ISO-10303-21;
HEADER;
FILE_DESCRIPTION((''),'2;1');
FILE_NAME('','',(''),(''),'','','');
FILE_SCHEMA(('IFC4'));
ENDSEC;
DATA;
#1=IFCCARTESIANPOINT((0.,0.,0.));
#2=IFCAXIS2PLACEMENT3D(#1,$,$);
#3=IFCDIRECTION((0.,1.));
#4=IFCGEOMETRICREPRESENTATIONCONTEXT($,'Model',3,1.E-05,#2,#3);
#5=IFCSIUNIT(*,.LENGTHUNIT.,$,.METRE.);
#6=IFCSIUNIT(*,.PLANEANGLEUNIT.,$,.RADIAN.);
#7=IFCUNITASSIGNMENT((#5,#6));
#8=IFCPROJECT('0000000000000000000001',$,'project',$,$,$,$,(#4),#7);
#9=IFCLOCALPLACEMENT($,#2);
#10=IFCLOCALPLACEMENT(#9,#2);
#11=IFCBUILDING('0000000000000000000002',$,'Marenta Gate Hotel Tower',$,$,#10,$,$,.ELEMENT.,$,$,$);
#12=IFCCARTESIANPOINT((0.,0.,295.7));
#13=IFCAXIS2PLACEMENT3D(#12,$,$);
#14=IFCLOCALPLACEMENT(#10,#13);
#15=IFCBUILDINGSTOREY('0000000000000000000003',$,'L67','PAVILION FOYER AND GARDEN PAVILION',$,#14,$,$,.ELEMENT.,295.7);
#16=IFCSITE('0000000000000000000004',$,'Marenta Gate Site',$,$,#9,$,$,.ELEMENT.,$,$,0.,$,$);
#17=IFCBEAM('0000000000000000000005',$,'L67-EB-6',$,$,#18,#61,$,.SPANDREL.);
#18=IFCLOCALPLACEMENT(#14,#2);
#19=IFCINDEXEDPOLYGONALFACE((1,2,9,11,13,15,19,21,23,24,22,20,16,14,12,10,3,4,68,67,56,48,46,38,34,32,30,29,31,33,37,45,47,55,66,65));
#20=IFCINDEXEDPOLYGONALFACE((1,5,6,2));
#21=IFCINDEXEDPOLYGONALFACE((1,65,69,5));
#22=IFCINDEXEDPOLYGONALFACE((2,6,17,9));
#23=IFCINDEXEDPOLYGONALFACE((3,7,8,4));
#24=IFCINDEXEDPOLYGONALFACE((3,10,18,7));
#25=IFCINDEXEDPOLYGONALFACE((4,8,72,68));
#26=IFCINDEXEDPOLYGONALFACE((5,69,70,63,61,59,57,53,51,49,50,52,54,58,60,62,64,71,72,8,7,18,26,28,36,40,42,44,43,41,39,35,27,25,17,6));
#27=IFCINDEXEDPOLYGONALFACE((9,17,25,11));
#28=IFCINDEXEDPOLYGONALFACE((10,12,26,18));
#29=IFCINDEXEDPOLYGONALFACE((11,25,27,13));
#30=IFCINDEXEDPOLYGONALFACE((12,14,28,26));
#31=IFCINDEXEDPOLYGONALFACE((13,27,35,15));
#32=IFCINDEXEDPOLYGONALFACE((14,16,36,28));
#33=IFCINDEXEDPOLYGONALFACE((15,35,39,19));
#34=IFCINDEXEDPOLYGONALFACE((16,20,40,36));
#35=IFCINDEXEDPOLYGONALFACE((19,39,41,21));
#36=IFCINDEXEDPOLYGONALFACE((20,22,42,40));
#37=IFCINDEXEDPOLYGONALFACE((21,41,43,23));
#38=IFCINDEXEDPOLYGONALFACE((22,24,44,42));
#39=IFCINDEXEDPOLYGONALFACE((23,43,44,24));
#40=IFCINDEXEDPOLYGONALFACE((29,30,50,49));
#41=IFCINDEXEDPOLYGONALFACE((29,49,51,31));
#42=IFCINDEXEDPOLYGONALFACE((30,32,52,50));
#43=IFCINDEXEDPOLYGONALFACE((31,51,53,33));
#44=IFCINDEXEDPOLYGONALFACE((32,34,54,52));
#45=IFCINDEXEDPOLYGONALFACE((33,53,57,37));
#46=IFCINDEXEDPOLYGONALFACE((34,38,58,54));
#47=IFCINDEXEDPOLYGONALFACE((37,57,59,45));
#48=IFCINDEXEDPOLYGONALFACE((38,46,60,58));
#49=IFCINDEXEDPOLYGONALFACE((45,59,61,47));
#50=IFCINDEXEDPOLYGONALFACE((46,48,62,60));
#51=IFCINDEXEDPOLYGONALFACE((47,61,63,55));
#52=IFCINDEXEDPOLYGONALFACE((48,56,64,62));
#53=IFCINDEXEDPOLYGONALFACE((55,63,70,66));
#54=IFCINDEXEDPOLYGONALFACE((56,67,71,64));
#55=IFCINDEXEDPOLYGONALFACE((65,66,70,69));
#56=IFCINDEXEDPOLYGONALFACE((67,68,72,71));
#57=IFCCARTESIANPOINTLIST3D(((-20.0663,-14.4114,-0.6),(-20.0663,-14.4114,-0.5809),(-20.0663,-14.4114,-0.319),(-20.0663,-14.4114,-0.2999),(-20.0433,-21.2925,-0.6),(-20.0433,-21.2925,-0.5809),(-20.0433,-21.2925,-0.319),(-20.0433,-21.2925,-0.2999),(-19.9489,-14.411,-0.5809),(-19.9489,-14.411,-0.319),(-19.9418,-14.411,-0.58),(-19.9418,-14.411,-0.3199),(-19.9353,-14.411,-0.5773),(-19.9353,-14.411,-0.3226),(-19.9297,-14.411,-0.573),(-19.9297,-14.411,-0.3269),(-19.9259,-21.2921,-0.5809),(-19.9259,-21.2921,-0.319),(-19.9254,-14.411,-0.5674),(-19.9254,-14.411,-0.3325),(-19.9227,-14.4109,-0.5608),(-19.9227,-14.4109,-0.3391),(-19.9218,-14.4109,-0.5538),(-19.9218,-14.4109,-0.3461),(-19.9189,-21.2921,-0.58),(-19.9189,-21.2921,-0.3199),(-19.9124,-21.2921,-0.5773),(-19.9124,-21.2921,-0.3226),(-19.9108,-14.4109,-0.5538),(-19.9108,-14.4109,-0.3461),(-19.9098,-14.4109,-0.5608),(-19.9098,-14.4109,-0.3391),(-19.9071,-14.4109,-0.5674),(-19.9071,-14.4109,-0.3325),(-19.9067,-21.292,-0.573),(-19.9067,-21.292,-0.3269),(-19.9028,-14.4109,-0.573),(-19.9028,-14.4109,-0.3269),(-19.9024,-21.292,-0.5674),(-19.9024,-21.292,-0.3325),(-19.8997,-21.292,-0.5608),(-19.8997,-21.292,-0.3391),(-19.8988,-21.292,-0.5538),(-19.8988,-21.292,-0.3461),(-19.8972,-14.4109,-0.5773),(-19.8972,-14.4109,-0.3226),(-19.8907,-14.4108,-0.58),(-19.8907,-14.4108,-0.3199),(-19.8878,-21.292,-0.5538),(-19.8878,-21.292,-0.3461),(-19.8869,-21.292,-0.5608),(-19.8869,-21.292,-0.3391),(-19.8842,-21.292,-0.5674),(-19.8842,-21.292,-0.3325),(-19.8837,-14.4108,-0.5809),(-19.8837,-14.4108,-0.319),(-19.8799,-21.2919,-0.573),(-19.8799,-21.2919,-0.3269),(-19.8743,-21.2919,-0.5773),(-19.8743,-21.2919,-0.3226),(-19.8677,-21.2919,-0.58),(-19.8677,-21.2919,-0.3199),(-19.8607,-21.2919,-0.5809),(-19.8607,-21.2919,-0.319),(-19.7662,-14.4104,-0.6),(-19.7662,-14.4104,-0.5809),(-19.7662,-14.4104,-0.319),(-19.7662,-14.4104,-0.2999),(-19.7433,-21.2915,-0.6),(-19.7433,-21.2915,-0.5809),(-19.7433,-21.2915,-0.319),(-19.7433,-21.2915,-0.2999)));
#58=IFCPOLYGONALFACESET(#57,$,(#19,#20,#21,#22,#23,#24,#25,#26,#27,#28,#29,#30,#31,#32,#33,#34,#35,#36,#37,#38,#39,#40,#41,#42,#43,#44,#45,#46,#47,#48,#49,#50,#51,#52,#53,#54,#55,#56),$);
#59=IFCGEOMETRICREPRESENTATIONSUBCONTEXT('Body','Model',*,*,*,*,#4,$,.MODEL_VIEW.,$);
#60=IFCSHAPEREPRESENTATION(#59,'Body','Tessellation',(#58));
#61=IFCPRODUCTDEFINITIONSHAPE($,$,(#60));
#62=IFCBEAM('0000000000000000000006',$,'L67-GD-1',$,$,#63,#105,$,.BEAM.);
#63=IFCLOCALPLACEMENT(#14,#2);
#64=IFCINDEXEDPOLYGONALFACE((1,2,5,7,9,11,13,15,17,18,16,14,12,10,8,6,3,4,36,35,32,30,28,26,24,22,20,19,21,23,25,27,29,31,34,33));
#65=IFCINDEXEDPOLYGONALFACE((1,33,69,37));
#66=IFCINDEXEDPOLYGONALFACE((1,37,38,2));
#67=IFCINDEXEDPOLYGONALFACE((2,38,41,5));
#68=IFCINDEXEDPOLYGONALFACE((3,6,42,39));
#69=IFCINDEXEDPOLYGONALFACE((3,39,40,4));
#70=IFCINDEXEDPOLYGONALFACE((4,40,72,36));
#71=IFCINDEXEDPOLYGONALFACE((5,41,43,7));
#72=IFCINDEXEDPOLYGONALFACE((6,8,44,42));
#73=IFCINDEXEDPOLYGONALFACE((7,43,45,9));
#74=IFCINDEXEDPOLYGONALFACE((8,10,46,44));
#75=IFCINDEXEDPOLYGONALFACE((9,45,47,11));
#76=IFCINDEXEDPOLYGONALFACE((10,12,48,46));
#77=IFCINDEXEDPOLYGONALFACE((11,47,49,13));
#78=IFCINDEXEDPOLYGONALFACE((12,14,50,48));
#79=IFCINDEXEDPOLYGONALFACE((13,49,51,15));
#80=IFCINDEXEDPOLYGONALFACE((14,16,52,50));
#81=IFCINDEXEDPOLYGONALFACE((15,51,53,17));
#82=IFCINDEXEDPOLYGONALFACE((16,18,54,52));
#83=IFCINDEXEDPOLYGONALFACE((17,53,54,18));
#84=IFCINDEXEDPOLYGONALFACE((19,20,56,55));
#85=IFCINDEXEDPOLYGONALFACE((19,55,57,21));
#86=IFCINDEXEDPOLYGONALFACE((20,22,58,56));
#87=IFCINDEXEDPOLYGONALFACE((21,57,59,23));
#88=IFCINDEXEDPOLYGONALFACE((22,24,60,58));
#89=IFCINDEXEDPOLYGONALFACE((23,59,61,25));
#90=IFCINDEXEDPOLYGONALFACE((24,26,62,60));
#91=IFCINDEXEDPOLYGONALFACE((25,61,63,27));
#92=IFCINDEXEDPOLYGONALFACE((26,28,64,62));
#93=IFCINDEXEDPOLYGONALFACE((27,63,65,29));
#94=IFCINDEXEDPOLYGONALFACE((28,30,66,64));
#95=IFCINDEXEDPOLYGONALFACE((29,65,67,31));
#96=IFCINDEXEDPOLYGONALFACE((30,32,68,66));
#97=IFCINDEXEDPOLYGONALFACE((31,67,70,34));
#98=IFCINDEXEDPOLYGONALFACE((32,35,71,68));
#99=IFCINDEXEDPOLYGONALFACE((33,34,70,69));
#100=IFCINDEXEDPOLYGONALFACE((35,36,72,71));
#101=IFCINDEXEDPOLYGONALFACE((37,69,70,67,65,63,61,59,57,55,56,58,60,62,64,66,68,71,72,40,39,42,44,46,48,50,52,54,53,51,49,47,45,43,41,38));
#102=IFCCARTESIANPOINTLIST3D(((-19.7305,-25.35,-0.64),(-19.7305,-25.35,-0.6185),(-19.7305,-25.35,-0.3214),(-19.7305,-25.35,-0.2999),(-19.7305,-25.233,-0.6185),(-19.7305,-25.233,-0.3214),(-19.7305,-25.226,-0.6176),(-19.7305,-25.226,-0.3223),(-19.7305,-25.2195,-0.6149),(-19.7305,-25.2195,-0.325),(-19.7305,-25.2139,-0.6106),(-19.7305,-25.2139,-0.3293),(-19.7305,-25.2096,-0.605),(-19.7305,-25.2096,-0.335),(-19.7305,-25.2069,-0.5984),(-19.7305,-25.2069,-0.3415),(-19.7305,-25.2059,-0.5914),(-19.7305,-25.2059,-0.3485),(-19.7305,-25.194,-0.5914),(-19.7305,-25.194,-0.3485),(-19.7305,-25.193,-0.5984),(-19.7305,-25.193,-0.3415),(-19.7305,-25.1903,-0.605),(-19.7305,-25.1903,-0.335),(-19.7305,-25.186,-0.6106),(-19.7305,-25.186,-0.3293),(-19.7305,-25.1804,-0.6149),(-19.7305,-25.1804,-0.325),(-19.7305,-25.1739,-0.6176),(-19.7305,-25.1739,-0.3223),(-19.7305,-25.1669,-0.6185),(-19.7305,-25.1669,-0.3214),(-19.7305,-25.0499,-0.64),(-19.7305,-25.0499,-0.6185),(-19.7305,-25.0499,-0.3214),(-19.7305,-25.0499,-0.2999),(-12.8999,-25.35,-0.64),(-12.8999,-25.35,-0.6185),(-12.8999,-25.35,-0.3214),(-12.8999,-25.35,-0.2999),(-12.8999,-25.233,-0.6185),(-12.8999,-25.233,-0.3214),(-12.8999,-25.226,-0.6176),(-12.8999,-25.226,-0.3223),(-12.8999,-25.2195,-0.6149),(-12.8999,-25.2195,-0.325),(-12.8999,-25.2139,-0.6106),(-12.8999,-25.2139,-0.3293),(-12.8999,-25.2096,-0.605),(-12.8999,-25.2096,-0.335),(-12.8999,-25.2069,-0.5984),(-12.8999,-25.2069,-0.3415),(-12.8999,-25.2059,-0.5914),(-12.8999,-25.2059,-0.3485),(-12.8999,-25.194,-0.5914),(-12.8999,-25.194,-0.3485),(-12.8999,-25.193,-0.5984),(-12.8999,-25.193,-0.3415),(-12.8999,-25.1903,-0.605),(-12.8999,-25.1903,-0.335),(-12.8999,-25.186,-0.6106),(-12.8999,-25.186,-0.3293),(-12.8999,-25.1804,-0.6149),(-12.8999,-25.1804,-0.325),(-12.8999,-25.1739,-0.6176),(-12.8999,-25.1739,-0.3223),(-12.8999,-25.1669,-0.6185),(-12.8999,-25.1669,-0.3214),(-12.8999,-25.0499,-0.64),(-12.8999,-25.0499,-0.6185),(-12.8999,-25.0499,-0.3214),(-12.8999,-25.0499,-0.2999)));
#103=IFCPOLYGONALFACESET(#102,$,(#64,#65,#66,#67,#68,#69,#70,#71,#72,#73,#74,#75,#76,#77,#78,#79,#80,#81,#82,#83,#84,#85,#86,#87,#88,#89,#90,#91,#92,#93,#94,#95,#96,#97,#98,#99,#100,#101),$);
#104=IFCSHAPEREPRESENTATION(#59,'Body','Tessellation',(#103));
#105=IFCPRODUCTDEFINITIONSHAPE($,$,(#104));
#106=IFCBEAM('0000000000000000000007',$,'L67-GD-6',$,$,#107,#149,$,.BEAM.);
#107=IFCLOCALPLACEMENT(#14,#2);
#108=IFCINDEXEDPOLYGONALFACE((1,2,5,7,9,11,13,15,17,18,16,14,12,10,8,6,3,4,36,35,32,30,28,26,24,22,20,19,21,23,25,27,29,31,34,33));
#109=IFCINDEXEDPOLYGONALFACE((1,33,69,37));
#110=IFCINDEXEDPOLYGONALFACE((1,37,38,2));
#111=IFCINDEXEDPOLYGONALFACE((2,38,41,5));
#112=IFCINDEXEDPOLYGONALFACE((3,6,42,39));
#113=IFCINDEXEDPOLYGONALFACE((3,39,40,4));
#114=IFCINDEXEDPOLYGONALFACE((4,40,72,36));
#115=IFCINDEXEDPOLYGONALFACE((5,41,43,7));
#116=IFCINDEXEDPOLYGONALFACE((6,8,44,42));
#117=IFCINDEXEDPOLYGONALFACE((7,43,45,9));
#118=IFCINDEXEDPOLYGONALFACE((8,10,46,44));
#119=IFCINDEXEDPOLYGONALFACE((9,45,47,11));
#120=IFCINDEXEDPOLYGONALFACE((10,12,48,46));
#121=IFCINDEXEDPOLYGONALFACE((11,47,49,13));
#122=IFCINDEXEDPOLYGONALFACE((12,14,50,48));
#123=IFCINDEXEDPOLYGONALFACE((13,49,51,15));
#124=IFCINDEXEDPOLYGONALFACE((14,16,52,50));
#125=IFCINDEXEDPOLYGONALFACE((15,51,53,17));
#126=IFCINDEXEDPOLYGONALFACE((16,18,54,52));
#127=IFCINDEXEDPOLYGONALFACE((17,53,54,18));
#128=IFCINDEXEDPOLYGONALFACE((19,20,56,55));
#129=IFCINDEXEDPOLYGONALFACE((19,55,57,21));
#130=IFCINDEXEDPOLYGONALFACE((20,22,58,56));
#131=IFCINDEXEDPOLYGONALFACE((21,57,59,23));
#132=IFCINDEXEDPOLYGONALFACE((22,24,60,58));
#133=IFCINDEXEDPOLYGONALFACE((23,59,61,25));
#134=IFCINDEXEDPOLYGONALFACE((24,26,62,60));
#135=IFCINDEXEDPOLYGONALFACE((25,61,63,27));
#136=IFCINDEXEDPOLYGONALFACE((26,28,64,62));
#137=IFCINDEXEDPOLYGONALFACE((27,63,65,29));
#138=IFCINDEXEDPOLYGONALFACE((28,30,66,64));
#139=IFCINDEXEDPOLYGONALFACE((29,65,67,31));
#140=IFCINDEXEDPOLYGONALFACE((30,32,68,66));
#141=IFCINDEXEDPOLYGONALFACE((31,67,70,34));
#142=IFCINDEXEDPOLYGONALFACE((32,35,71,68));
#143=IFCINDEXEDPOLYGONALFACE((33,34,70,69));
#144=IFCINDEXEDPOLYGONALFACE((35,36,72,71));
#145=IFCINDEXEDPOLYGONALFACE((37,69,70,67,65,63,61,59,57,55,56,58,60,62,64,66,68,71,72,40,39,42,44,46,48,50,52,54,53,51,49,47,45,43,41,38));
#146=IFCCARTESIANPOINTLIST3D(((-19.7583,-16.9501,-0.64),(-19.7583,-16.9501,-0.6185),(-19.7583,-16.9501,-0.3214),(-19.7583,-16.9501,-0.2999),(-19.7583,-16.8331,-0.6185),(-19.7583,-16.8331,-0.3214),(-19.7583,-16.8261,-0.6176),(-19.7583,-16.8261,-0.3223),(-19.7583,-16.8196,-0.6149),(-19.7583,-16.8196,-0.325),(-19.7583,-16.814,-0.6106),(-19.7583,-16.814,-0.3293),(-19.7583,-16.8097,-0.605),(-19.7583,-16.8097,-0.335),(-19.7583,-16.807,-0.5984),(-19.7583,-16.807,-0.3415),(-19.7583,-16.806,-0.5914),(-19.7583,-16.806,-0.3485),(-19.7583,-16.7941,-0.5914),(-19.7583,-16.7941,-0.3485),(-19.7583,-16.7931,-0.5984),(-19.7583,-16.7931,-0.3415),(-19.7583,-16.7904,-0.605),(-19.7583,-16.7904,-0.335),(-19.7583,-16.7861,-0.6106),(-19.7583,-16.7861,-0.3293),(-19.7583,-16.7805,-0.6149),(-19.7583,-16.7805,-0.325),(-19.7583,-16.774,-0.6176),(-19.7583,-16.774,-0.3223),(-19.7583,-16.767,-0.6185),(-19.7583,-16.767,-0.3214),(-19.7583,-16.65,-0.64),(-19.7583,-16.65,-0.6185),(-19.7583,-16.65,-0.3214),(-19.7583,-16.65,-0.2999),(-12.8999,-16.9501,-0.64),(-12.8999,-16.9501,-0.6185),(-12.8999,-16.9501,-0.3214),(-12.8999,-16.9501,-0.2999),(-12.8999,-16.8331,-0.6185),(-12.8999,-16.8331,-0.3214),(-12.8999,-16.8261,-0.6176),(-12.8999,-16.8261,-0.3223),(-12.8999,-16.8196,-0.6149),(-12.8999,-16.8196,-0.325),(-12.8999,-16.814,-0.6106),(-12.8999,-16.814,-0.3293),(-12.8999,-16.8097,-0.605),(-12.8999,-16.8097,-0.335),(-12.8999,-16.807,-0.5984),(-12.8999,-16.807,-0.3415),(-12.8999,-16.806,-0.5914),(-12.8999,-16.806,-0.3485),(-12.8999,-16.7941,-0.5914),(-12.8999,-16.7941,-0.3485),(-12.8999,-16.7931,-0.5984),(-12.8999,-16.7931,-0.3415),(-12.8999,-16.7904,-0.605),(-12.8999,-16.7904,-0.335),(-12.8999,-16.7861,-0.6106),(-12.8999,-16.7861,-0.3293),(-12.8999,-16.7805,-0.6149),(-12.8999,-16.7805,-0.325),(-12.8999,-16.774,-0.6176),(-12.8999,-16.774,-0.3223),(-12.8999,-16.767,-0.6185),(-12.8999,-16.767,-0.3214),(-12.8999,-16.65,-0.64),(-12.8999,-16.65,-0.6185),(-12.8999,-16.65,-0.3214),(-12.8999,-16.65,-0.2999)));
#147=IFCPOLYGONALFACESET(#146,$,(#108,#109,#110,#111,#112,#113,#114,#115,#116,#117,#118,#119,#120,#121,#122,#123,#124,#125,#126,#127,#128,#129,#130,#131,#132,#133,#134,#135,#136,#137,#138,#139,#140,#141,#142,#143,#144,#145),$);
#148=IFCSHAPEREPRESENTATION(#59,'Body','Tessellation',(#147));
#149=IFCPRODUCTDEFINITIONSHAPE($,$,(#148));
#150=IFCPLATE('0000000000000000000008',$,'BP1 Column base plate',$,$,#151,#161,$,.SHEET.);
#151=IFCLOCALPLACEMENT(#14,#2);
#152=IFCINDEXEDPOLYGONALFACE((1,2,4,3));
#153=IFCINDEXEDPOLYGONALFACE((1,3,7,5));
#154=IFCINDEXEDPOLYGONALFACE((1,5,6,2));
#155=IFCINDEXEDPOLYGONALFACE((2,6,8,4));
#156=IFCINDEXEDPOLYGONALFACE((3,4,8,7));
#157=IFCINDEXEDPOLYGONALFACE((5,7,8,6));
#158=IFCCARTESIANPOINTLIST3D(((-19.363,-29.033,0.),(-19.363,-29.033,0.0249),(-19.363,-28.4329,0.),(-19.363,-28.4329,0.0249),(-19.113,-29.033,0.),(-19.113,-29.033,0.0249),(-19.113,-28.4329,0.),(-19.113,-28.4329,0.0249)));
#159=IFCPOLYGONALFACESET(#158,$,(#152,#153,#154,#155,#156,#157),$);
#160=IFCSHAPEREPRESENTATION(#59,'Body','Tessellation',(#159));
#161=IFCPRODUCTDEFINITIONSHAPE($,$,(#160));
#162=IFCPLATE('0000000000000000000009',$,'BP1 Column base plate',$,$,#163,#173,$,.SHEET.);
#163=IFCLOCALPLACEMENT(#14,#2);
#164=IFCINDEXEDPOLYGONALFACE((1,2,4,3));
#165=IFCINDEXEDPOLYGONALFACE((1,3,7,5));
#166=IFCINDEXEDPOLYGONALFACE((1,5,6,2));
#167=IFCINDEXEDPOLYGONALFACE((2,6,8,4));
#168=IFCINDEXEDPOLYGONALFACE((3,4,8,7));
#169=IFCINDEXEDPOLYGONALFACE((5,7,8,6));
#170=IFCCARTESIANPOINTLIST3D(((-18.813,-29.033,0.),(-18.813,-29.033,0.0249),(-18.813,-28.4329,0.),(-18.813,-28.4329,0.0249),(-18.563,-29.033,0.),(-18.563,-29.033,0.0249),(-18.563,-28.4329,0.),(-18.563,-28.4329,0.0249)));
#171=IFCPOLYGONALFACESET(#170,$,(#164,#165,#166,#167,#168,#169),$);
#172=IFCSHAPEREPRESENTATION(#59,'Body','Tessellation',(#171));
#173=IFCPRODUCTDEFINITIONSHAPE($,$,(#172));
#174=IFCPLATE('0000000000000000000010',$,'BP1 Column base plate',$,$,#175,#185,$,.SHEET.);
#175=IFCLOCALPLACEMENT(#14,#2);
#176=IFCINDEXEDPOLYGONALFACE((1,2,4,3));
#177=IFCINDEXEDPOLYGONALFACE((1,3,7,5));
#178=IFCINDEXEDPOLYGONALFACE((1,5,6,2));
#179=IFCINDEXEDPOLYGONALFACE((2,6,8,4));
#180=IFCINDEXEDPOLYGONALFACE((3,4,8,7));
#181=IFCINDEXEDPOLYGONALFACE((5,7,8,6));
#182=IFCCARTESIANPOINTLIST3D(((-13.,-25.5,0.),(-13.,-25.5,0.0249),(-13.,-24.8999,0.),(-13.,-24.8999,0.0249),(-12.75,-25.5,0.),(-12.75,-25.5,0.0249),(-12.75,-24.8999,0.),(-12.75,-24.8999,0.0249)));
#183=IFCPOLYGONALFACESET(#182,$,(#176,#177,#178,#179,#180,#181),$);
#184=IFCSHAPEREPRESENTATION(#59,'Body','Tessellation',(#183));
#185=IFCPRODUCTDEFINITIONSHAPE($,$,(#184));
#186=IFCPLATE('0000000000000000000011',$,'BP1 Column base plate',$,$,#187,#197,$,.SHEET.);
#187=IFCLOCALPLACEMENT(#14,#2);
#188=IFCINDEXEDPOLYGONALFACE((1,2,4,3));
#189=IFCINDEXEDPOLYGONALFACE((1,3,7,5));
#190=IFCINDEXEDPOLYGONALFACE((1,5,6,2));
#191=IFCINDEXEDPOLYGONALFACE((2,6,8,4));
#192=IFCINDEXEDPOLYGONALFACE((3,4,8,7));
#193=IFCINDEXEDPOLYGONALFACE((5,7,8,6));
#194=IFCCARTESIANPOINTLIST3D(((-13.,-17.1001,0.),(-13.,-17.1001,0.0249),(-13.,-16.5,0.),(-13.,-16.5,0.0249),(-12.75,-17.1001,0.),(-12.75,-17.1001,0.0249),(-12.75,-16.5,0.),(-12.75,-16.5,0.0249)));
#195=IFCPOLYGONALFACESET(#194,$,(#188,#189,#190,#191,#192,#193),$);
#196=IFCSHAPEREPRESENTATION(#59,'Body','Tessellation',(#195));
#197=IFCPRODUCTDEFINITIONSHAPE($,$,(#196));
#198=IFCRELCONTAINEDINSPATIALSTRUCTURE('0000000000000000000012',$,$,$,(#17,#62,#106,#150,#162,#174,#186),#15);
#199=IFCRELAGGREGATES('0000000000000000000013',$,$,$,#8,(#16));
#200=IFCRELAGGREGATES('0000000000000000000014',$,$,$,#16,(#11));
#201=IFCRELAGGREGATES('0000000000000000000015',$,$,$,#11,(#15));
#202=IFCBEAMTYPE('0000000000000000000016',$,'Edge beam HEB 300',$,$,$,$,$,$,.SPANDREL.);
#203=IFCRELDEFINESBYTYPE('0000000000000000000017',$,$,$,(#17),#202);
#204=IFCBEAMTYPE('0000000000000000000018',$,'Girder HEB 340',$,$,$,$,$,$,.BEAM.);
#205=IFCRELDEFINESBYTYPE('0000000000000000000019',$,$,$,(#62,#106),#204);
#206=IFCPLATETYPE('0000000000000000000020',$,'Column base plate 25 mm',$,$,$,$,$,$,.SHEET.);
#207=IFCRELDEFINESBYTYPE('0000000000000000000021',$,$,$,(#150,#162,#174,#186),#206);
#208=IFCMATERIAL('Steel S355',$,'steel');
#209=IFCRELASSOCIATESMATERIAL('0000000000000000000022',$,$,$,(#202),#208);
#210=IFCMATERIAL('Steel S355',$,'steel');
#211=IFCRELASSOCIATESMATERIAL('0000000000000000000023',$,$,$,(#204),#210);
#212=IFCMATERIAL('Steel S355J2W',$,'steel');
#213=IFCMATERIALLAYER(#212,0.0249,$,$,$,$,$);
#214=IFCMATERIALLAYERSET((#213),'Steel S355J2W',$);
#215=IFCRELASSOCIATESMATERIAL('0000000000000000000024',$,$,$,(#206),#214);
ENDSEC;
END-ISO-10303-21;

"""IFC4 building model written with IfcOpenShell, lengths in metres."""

from ifc_helpers import new_model, si_unit, direction, frame, origin, origin_2d, place, context, subcontext, project, spatial, rectangle, i_section, extrude, material, layer, layer_set, material_profile, profile_set, type_object, element, save


model = new_model("IFC4")

# Units and contexts
model_context = context("Model", 3, precision=1e-05, world=origin(), true_north=direction((0.0, 1.0)))
body_context = subcontext(model_context, "Body", "Model", "MODEL_VIEW")
ifc_project = project(units=[si_unit("LENGTHUNIT", "METRE"), si_unit("PLANEANGLEUNIT", "RADIAN")], contexts=[model_context])

# Site, building, storey
site_placement = place(None, origin())
site = spatial("IfcSite", under=ifc_project, at=site_placement, Name="Marenta Gate Site", CompositionType="ELEMENT", RefElevation=0.0)
building_placement = place(site_placement, origin())
building = spatial("IfcBuilding", under=site, at=building_placement, Name="Marenta Gate Hotel Tower", CompositionType="ELEMENT")
storey_placement = place(building_placement, frame((0.0, 0.0, 295.7)))
storey = spatial("IfcBuildingStorey", under=building, at=storey_placement, Name="L67", Description="PAVILION FOYER AND GARDEN PAVILION", CompositionType="ELEMENT", Elevation=295.7)

# Beams
ifc_material_1 = material(Name="Steel S355", Category="steel")
ifc_material_profile_1 = material_profile(ifc_material_1, i_section(OverallWidth=0.3, OverallDepth=0.3, WebThickness=0.011, FlangeThickness=0.019, FilletRadius=0.0271, at=origin_2d()), Name="HEB 300")
ifc_profile_set_1 = profile_set([ifc_material_profile_1], Name="Steel S355")
beam_type_1 = type_object("IfcBeamType", Name="Edge beam HEB 300", PredefinedType="SPANDREL", material=ifc_profile_set_1)
beam_1_placement = place(storey_placement, frame((-19.8933, -21.292, -0.45), z_axis=(-0.003335, 0.999994, 0.0), x_axis=(-0.999994, -0.003335, 0.0)))
element("IfcBeam", 1, at=beam_1_placement, inside=storey, type_object=beam_type_1, Name="L67-EB-6", PredefinedType="SPANDREL", context=body_context, shape_type="SweptSolid", body=[
    extrude(i_section(OverallWidth=0.3, OverallDepth=0.3, WebThickness=0.011, FlangeThickness=0.019, FilletRadius=0.0271, at=origin_2d()), origin(), (0.0, 0.0, 1.0), 6.8811),
])
ifc_material_2 = material(Name="Steel S355", Category="steel")
ifc_material_profile_2 = material_profile(ifc_material_2, i_section(OverallWidth=0.3, OverallDepth=0.3401, WebThickness=0.012, FlangeThickness=0.0215, FilletRadius=0.0271, at=origin_2d()), Name="HEB 340")
ifc_profile_set_2 = profile_set([ifc_material_profile_2], Name="Steel S355")
beam_type_2 = type_object("IfcBeamType", Name="Girder HEB 340", PredefinedType="BEAM", material=ifc_profile_set_2)
beam_2_placement = place(storey_placement, frame((-19.7305, -25.2, -0.47), z_axis=(1.0, 0.0, 0.0), x_axis=(0.0, 1.0, 0.0)))
element("IfcBeam", 2, at=beam_2_placement, inside=storey, type_object=beam_type_2, Name="L67-GD-1", PredefinedType="BEAM", context=body_context, shape_type="SweptSolid", body=[
    extrude(i_section(OverallWidth=0.3, OverallDepth=0.3401, WebThickness=0.012, FlangeThickness=0.0215, FilletRadius=0.0271, at=origin_2d()), origin(), (0.0, 0.0, 1.0), 6.8306),
])
beam_3_placement = place(storey_placement, frame((-19.7583, -16.8, -0.47), z_axis=(1.0, 0.0, 0.0), x_axis=(0.0, 1.0, 0.0)))
element("IfcBeam", 3, at=beam_3_placement, inside=storey, type_object=beam_type_2, Name="L67-GD-6", PredefinedType="BEAM", context=body_context, shape_type="SweptSolid", body=[
    extrude(i_section(OverallWidth=0.3, OverallDepth=0.3401, WebThickness=0.012, FlangeThickness=0.0215, FilletRadius=0.0271, at=origin_2d()), origin(), (0.0, 0.0, 1.0), 6.8584),
])

# Plates
ifc_material_3 = material(Name="Steel S355J2W", Category="steel")
ifc_layer_1 = layer(ifc_material_3, 0.0249)
ifc_layer_set_1 = layer_set([ifc_layer_1], Name="Steel S355J2W")
plate_type = type_object("IfcPlateType", Name="Column base plate 25 mm", PredefinedType="SHEET", material=ifc_layer_set_1)
for number, where, z_axis, x_axis, name in (
    (4, (-19.238, -28.7329, 0.0), (0.0, 0.0, 1.0), (1.0, 0.0, 0.0), "BP1 Column base plate"),
    (5, (-18.688, -28.7329, 0.0), (0.0, 0.0, 1.0), (1.0, 0.0, 0.0), "BP1 Column base plate"),
    (6, (-12.875, -25.2, 0.0), (0.0, 0.0, 1.0), (1.0, 0.0, 0.0), "BP1 Column base plate"),
    (7, (-12.875, -16.8, 0.0), (0.0, 0.0, 1.0), (1.0, 0.0, 0.0), "BP1 Column base plate"),
):
    element("IfcPlate", number, at=place(storey_placement, frame(where, z_axis=z_axis, x_axis=x_axis)), inside=storey, type_object=plate_type, Name=name, PredefinedType="SHEET", context=body_context, shape_type="SweptSolid", body=[
        extrude(rectangle(XDim=0.25, YDim=0.6001, at=origin_2d()), origin(), (0.0, 0.0, 1.0), 0.0249),
    ])

save(model, "model.ifc")
